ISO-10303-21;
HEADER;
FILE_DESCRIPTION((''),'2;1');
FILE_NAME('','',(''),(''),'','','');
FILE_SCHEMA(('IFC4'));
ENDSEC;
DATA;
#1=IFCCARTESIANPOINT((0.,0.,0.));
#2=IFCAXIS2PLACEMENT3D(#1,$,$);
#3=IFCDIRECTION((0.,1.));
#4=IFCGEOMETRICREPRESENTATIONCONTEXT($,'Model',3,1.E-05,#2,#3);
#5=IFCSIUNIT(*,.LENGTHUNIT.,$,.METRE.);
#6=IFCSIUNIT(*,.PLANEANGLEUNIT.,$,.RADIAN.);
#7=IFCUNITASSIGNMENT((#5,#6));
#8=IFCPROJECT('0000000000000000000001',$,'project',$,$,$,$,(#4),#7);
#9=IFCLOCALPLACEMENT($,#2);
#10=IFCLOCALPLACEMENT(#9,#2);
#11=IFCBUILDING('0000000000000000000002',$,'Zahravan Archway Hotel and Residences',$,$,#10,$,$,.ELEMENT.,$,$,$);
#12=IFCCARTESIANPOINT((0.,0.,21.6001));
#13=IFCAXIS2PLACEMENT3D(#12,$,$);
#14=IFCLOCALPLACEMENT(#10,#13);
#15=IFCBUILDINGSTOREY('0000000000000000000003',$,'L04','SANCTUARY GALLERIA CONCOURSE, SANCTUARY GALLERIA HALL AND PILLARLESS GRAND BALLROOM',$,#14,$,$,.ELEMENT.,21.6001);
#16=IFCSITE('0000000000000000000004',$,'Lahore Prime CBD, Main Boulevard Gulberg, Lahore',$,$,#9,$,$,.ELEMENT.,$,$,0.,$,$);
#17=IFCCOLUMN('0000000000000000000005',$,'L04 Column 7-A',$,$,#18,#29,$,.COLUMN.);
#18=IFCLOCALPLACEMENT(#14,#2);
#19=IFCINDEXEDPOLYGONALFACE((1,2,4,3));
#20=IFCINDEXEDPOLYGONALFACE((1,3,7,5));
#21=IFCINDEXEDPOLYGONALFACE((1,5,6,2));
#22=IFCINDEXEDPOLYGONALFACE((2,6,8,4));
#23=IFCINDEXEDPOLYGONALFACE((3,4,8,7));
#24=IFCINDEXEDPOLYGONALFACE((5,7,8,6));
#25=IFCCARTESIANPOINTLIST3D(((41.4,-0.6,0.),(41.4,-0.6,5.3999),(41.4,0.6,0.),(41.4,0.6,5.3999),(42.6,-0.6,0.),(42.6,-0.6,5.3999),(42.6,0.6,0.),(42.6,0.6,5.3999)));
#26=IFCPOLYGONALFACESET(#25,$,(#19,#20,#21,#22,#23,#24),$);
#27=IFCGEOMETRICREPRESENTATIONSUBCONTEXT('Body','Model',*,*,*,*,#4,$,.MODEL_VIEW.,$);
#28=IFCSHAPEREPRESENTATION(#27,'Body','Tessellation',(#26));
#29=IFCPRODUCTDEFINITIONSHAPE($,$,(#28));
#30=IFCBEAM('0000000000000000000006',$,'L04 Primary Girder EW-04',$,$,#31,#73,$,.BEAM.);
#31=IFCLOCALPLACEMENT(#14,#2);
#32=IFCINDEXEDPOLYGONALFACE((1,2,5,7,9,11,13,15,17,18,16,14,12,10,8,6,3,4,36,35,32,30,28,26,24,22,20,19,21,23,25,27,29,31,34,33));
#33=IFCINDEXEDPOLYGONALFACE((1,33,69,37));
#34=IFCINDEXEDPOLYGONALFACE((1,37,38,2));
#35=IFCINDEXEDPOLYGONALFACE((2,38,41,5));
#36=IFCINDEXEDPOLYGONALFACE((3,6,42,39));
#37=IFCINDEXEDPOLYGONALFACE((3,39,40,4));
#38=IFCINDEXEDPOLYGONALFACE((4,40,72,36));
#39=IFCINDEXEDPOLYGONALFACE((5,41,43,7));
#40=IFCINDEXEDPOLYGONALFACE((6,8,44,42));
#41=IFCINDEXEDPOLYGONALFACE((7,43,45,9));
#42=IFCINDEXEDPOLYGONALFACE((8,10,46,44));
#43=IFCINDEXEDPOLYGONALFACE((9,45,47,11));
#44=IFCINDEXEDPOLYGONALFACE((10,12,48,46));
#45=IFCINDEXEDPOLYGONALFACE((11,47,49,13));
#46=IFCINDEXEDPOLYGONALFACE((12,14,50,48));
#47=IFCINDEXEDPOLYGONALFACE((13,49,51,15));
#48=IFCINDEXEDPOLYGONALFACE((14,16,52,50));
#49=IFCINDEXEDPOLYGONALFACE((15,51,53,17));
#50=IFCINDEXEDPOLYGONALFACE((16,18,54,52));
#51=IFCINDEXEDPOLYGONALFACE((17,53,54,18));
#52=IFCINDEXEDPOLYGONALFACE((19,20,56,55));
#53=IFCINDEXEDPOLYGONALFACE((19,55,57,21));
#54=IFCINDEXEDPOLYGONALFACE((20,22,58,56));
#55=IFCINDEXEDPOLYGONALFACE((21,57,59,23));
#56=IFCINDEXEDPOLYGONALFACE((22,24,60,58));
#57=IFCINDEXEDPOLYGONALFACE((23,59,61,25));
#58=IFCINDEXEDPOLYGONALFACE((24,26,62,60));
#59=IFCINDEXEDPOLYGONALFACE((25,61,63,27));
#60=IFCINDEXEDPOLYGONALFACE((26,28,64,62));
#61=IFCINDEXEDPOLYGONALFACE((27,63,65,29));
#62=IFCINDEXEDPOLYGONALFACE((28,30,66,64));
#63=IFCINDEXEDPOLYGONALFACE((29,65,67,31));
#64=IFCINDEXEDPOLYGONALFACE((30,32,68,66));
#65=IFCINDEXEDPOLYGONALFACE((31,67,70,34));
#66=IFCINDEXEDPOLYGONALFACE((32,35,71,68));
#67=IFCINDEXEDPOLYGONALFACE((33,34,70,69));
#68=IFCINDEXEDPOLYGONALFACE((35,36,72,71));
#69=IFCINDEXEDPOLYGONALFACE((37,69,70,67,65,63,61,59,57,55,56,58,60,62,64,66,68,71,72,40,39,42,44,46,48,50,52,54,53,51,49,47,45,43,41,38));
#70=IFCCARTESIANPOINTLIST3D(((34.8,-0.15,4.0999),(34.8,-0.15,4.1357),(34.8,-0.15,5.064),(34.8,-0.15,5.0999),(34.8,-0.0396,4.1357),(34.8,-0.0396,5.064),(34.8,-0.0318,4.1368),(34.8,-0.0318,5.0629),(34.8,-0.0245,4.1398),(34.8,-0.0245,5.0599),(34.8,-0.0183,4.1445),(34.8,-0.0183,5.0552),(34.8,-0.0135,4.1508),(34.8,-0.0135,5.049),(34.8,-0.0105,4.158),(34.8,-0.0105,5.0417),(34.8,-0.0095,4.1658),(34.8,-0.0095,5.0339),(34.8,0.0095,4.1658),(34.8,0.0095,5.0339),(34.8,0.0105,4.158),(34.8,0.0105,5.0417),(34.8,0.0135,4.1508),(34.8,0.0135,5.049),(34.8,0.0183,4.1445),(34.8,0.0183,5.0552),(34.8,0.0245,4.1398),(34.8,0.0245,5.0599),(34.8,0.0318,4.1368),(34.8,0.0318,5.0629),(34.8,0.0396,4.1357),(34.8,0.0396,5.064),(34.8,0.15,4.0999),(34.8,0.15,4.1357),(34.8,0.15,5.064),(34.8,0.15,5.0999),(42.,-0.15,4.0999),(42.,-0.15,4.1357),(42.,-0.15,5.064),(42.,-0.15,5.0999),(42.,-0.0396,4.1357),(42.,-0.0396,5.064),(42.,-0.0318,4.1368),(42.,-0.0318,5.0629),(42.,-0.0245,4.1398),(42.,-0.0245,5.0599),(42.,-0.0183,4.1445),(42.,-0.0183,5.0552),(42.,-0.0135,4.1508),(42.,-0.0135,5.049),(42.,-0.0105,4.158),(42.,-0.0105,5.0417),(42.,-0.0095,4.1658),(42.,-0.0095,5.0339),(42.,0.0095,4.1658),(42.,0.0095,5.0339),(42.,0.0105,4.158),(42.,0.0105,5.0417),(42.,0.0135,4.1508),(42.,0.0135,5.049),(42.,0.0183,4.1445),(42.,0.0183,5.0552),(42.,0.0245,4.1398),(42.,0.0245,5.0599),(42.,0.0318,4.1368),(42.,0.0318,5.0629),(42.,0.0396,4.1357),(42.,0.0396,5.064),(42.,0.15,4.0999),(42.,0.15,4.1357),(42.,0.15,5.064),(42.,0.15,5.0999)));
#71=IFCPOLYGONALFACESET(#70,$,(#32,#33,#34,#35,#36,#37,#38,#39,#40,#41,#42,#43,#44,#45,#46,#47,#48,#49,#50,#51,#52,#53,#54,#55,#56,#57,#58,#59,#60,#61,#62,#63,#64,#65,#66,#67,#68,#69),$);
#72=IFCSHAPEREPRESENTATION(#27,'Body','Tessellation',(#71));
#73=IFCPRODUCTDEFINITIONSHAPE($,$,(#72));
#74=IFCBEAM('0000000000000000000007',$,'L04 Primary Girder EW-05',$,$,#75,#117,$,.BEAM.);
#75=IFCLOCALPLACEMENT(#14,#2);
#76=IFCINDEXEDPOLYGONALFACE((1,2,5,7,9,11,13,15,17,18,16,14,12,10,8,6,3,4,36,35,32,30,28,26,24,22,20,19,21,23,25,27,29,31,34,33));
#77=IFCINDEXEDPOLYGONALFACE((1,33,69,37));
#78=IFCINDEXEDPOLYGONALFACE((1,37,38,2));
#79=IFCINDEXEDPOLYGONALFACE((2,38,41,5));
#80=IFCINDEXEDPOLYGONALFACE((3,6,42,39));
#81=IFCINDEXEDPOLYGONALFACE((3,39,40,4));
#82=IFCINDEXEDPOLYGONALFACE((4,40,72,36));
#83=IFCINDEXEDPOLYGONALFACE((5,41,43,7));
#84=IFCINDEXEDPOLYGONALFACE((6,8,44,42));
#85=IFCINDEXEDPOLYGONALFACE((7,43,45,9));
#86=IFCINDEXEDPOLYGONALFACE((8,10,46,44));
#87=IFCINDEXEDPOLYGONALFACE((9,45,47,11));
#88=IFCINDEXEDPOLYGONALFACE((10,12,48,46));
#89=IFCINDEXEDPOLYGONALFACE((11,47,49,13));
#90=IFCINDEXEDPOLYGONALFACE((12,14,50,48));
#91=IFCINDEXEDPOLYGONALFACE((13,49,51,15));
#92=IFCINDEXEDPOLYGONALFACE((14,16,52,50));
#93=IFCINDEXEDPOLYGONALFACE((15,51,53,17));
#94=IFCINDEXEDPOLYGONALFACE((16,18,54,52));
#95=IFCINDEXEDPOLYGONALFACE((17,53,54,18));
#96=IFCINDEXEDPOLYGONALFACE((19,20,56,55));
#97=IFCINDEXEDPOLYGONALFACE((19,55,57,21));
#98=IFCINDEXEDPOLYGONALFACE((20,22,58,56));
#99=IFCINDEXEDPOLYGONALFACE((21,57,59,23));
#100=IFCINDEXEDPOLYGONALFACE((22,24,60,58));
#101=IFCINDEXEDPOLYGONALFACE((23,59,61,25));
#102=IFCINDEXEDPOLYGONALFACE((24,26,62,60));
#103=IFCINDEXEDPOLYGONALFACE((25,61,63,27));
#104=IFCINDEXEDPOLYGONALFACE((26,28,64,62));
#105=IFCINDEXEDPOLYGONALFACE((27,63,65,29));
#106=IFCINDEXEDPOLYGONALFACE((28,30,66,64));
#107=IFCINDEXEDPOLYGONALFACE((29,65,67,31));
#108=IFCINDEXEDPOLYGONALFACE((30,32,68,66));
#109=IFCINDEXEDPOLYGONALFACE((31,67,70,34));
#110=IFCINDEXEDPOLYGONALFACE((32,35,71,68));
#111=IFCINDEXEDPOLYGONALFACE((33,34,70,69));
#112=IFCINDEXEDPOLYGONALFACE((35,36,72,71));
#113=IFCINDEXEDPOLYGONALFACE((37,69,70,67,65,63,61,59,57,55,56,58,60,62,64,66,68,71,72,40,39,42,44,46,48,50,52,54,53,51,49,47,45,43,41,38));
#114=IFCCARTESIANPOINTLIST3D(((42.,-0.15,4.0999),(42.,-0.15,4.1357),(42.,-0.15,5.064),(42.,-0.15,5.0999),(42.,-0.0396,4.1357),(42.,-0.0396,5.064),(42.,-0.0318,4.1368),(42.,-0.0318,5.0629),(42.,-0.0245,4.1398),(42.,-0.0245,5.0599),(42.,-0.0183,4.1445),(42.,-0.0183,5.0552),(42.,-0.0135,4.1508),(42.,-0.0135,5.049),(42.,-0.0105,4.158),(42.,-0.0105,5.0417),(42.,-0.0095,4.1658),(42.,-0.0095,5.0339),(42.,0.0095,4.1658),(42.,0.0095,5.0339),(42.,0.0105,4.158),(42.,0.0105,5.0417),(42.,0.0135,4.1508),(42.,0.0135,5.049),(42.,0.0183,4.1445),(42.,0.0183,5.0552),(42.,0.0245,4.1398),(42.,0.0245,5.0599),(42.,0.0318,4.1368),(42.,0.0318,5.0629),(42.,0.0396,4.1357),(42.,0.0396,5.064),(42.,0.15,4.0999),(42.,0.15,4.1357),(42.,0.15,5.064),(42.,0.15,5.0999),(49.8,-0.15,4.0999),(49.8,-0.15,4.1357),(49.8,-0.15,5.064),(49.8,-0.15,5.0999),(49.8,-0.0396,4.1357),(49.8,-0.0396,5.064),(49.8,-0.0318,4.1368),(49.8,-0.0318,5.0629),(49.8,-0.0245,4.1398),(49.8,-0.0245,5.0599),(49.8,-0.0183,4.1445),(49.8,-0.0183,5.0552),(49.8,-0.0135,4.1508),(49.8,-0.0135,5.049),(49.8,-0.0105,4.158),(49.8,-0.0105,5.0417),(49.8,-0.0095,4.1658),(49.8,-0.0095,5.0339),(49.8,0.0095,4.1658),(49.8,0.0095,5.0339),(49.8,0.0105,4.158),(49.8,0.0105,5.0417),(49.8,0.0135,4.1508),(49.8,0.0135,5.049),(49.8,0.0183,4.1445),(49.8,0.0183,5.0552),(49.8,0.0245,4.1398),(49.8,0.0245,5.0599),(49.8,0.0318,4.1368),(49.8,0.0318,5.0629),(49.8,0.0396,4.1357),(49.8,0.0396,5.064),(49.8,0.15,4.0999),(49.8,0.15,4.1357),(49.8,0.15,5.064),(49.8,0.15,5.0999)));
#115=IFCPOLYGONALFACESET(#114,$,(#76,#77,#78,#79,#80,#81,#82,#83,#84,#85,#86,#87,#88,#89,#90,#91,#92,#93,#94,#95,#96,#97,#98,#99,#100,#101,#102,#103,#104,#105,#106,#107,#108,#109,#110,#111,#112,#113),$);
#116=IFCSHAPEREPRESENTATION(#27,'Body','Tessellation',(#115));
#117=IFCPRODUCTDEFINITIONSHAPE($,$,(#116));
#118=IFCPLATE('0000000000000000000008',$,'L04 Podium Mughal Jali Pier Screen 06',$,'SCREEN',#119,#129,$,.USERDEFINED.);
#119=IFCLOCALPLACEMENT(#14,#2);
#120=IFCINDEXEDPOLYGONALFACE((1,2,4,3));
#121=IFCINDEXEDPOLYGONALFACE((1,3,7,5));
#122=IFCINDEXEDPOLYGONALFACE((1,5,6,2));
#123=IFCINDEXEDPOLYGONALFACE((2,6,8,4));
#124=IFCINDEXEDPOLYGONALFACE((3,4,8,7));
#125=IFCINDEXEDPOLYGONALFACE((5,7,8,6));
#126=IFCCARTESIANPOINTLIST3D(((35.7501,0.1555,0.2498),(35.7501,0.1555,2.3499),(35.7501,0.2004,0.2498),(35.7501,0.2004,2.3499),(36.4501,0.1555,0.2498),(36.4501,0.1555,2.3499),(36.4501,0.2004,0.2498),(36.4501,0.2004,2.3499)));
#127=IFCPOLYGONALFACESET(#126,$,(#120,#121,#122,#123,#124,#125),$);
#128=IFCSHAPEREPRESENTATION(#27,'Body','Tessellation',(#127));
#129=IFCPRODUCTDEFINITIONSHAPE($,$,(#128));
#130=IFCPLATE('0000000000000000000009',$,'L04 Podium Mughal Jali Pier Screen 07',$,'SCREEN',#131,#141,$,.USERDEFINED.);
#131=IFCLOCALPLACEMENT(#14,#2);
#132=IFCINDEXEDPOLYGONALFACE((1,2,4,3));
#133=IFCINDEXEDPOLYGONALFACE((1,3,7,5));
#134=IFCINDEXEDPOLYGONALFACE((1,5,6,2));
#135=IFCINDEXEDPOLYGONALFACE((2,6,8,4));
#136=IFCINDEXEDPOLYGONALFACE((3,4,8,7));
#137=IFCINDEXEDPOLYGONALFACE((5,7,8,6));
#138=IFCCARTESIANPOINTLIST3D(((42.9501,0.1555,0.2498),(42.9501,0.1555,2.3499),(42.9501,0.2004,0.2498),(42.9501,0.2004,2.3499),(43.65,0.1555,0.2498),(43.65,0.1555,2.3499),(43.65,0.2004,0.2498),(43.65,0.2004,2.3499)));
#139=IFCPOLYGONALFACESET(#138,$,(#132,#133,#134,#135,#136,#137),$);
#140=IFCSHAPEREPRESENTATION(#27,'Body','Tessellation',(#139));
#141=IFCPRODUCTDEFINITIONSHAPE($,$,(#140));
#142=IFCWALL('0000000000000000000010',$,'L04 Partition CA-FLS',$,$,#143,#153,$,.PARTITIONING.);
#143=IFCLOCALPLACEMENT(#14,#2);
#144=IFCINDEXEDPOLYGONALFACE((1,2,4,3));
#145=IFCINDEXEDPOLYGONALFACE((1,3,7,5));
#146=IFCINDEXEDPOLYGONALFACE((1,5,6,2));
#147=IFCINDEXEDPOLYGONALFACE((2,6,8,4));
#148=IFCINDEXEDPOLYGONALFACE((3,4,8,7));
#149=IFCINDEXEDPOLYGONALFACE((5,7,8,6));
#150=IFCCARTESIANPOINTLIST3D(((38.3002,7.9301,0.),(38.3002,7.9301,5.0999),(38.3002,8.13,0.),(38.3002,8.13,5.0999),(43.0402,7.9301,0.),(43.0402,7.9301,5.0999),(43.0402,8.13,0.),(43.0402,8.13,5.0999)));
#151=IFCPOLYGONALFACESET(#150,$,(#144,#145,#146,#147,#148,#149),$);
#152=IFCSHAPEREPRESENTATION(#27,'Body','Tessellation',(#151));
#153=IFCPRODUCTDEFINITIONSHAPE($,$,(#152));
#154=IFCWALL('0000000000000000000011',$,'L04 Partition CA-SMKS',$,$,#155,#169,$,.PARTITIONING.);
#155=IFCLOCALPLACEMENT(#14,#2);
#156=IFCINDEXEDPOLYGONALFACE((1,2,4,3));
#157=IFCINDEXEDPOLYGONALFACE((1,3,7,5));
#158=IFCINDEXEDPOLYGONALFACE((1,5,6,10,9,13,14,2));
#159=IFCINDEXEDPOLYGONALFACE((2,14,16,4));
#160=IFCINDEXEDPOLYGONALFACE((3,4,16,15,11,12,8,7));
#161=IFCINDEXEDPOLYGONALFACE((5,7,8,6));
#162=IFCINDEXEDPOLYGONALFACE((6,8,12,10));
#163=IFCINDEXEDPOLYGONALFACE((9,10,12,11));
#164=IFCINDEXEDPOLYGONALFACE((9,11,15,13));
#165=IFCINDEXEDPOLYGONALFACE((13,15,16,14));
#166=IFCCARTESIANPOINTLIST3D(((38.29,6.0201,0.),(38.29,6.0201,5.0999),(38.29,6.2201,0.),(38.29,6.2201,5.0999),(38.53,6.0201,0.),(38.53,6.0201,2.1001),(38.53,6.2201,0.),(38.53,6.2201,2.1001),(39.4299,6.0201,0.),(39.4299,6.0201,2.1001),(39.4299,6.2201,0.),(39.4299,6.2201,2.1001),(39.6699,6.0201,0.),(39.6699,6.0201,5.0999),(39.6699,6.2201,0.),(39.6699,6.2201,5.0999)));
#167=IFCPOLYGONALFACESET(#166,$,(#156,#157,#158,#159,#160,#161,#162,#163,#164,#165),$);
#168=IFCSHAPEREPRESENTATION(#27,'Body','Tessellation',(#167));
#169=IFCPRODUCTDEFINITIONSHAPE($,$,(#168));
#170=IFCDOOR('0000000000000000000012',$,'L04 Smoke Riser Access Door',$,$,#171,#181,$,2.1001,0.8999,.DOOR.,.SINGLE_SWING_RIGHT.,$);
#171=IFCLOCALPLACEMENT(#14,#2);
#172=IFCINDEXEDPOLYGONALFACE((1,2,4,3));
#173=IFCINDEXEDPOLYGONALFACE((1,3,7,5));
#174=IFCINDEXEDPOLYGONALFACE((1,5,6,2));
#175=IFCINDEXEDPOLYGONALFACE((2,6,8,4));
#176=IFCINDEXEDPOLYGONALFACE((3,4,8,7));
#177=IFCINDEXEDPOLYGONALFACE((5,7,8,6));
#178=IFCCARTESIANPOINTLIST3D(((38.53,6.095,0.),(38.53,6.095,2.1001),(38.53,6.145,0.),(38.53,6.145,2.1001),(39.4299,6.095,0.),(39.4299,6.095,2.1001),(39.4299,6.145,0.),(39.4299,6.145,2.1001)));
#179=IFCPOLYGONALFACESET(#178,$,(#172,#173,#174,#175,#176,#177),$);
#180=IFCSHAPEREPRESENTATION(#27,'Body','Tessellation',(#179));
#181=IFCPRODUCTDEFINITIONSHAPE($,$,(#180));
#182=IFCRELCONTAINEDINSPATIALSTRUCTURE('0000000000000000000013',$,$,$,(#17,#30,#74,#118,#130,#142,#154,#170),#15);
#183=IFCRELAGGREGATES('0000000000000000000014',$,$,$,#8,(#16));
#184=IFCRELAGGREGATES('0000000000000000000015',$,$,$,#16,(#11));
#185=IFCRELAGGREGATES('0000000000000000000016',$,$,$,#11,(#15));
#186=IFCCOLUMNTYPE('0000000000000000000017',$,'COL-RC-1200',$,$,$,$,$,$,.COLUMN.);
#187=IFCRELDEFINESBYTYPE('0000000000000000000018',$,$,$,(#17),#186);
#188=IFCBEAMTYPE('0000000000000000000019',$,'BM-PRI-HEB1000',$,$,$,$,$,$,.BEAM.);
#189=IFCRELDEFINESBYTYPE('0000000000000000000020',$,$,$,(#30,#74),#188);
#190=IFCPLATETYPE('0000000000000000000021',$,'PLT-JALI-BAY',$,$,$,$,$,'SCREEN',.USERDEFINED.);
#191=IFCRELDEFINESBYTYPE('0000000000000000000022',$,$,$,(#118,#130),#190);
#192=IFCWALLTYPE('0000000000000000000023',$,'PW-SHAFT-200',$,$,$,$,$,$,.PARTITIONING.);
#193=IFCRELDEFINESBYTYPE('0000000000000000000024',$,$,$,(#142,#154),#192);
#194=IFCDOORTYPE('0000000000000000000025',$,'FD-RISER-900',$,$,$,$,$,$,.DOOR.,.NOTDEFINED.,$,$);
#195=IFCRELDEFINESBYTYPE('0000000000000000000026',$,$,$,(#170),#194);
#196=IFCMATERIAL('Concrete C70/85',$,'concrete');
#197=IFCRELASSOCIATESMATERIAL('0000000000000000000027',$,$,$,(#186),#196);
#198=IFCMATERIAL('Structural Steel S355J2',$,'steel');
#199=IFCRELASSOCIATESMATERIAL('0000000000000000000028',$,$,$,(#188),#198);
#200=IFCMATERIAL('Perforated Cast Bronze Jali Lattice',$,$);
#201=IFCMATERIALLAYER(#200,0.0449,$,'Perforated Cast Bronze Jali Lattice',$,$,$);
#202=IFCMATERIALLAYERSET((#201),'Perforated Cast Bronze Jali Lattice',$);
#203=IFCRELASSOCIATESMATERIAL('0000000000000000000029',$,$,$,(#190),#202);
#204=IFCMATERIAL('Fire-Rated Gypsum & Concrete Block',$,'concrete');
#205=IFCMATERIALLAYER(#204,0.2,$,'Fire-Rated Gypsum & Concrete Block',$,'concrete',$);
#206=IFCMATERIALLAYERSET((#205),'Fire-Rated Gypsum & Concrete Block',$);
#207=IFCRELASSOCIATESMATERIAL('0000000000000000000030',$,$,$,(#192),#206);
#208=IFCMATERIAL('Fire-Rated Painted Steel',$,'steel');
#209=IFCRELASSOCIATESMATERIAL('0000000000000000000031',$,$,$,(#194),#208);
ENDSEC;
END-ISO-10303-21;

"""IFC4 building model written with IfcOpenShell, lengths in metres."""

from ifc_helpers import new_model, si_unit, direction, frame, frame_2d, origin, origin_2d, place, context, subcontext, project, spatial, rectangle, i_section, extrude, source, transform, mapped, material, layer, layer_set, material_profile, profile_set, type_object, type_shapes, element, fill, save


model = new_model("IFC4")

# Units and contexts
model_context = context("Model", 3, precision=1e-05, world=origin(), true_north=direction((0.0, 1.0)))
body_context = subcontext(model_context, "Body", "Model", "MODEL_VIEW")
ifc_project = project(units=[si_unit("LENGTHUNIT", "METRE"), si_unit("PLANEANGLEUNIT", "RADIAN")], contexts=[model_context])

# Site, building, storey
site_placement = place(None, origin())
site = spatial("IfcSite", under=ifc_project, at=site_placement, Name="Lahore Prime CBD, Main Boulevard Gulberg, Lahore", CompositionType="ELEMENT", RefElevation=0.0)
building_placement = place(site_placement, origin())
building = spatial("IfcBuilding", under=site, at=building_placement, Name="Zahravan Archway Hotel and Residences", CompositionType="ELEMENT")
storey_placement = place(building_placement, frame((0.0, 0.0, 21.6001)))
storey = spatial("IfcBuildingStorey", under=building, at=storey_placement, Name="L04", Description="SANCTUARY GALLERIA CONCOURSE, SANCTUARY GALLERIA HALL AND PILLARLESS GRAND BALLROOM", CompositionType="ELEMENT", Elevation=21.6001)

# Column
ifc_material_1 = material(Name="Concrete C70/85", Category="concrete")
ifc_material_profile_1 = material_profile(ifc_material_1, rectangle(XDim=1.2, YDim=1.2, at=origin_2d()), Name="RC-COL-1200x1200", Category="concrete")
ifc_profile_set_1 = profile_set([ifc_material_profile_1], Name="Concrete C70/85")
column_type = type_object("IfcColumnType", Name="COL-RC-1200", PredefinedType="COLUMN", material=ifc_profile_set_1)
shared_shape_1 = source(origin(), body_context, "Body", "SweptSolid", [
    extrude(rectangle(XDim=1.2, YDim=1.2, at=origin_2d()), origin(), (0.0, 0.0, 1.0), 5.3999),
])
column_placement = place(storey_placement, frame((42.0, 0.0, 0.0), z_axis=(0.0, 0.0, 1.0), x_axis=(1.0, 0.0, 0.0)))
element("IfcColumn", 1, at=column_placement, inside=storey, type_object=column_type, Name="L04 Column 7-A", PredefinedType="COLUMN", context=body_context, shape_type="MappedRepresentation", body=[
    mapped(shared_shape_1, transform((0.0, 0.0, 0.0), scale=1.0)),
])

# Beams
ifc_material_2 = material(Name="Structural Steel S355J2", Category="steel")
ifc_material_profile_2 = material_profile(ifc_material_2, i_section(OverallWidth=0.3, OverallDepth=1.0, WebThickness=0.019, FlangeThickness=0.0359, FilletRadius=0.03, at=origin_2d()), Name="HEB 1000", Category="steel")
ifc_profile_set_2 = profile_set([ifc_material_profile_2], Name="Structural Steel S355J2")
beam_type = type_object("IfcBeamType", Name="BM-PRI-HEB1000", PredefinedType="BEAM", material=ifc_profile_set_2)
shared_shape_2 = source(origin(), body_context, "Body", "SweptSolid", [
    extrude(i_section(OverallWidth=0.3, OverallDepth=1.0, WebThickness=0.019, FlangeThickness=0.0359, FilletRadius=0.03, at=origin_2d()), origin(), (0.0, 0.0, 1.0), 7.2),
])
beam_1_placement = place(storey_placement, frame((34.8, 0.0, 4.5999), z_axis=(1.0, 0.0, 0.0), x_axis=(0.0, 1.0, 0.0)))
element("IfcBeam", 2, at=beam_1_placement, inside=storey, type_object=beam_type, Name="L04 Primary Girder EW-04", PredefinedType="BEAM", context=body_context, shape_type="MappedRepresentation", body=[
    mapped(shared_shape_2, transform((0.0, 0.0, 0.0), scale=1.0)),
])
shared_shape_3 = source(origin(), body_context, "Body", "SweptSolid", [
    extrude(i_section(OverallWidth=0.3, OverallDepth=1.0, WebThickness=0.019, FlangeThickness=0.0359, FilletRadius=0.03, at=origin_2d()), origin(), (0.0, 0.0, 1.0), 7.8),
])
beam_2_placement = place(storey_placement, frame((42.0, 0.0, 4.5999), z_axis=(1.0, 0.0, 0.0), x_axis=(0.0, 1.0, 0.0)))
element("IfcBeam", 3, at=beam_2_placement, inside=storey, type_object=beam_type, Name="L04 Primary Girder EW-05", PredefinedType="BEAM", context=body_context, shape_type="MappedRepresentation", body=[
    mapped(shared_shape_3, transform((0.0, 0.0, 0.0), scale=1.0)),
])

# Plates
ifc_material_3 = material(Name="Perforated Cast Bronze Jali Lattice")
ifc_layer_1 = layer(ifc_material_3, 0.0449, Name="Perforated Cast Bronze Jali Lattice")
ifc_layer_set_1 = layer_set([ifc_layer_1], Name="Perforated Cast Bronze Jali Lattice")
plate_type = type_object("IfcPlateType", Name="PLT-JALI-BAY", ElementType="SCREEN", PredefinedType="USERDEFINED", material=ifc_layer_set_1)
shared_shape_4 = source(origin(), body_context, "Body", "SweptSolid", [
    extrude(rectangle(XDim=0.7, YDim=0.0449, at=origin_2d()), origin(), (0.0, 0.0, 1.0), 2.1001),
])
type_shapes(plate_type, [shared_shape_4])
for number, where, z_axis, x_axis, name in (
    (4, (36.1001, 0.178, 0.2498), (0.0, 0.0, 1.0), (1.0, 0.0, 0.0), "L04 Podium Mughal Jali Pier Screen 06"),
    (5, (43.3, 0.178, 0.2498), (0.0, 0.0, 1.0), (1.0, 0.0, 0.0), "L04 Podium Mughal Jali Pier Screen 07"),
):
    element("IfcPlate", number, at=place(storey_placement, frame(where, z_axis=z_axis, x_axis=x_axis)), inside=storey, type_object=plate_type, Name=name, ObjectType="SCREEN", PredefinedType="USERDEFINED", context=body_context, shape_type="MappedRepresentation", body=[
        mapped(shared_shape_4, transform((0.0, 0.0, 0.0), scale=1.0)),
    ])

# Shared definitions
ifc_material_4 = material(Name="Fire-Rated Gypsum & Concrete Block", Category="concrete")
ifc_material_5 = material(Name="Fire-Rated Painted Steel", Category="steel")

# Wall
ifc_layer_2 = layer(ifc_material_4, 0.2, Name="Fire-Rated Gypsum & Concrete Block", Category="concrete")
ifc_layer_set_2 = layer_set([ifc_layer_2], Name="Fire-Rated Gypsum & Concrete Block")
wall_type_1 = type_object("IfcWallType", Name="PW-SHAFT-200", PredefinedType="PARTITIONING", material=ifc_layer_set_2)
wall_1_placement = place(storey_placement, frame((38.3, 8.03, 0.0), z_axis=(0.0, 0.0, 1.0), x_axis=(1.0, 0.0, 0.0)))
element("IfcWall", 6, at=wall_1_placement, inside=storey, type_object=wall_type_1, Name="L04 Partition CA-FLS", PredefinedType="PARTITIONING", context=body_context, shape_type="SweptSolid", body=[
    extrude(rectangle(XDim=4.74, YDim=0.2, at=frame_2d((2.3701, 0.0))), origin(), (0.0, 0.0, 1.0), 5.0999),
])

# Wall, opening, door
wall_2_placement = place(storey_placement, frame((38.29, 6.1201, 0.0), z_axis=(0.0, 0.0, 1.0), x_axis=(1.0, 0.0, 0.0)))
wall_2 = element("IfcWall", 7, at=wall_2_placement, inside=storey, type_object=wall_type_1, Name="L04 Partition CA-SMKS", PredefinedType="PARTITIONING", context=body_context, shape_type="SweptSolid", body=[
    extrude(rectangle(XDim=1.3799, YDim=0.2, at=frame_2d((0.6899, 0.0))), origin(), (0.0, 0.0, 1.0), 5.0999),
])
opening_1_placement = place(wall_2_placement, frame((0.24, 0.0, 0.0)))
opening_1 = element("IfcOpeningElement", 8, at=opening_1_placement, cuts=wall_2, PredefinedType="OPENING", context=body_context, shape_type="SweptSolid", body=[
    extrude(rectangle(XDim=0.8999, YDim=2.1001, at=frame_2d((0.45, 1.05))), frame((0.0, 0.1099, 0.0), z_axis=(0.0, -1.0, 0.0), x_axis=(1.0, 0.0, 0.0)), (0.0, 0.0, 1.0), 0.22),
])
door_type_1 = type_object("IfcDoorType", Name="FD-RISER-900", OperationType="NOTDEFINED", PredefinedType="DOOR", material=ifc_material_5)
shared_shape_5 = source(origin(), body_context, "Body", "SweptSolid", [
    extrude(rectangle(XDim=0.8999, YDim=2.1001, at=frame_2d((0.45, 1.05))), frame((0.0, 0.0249, 0.0), z_axis=(0.0, -1.0, 0.0), x_axis=(1.0, 0.0, 0.0)), (0.0, 0.0, 1.0), 0.05),
])
type_shapes(door_type_1, [shared_shape_5])
door_1_placement = place(opening_1_placement, origin())
door_1 = element("IfcDoor", 9, at=door_1_placement, inside=storey, type_object=door_type_1, Name="L04 Smoke Riser Access Door", OperationType="SINGLE_SWING_RIGHT", OverallHeight=2.1001, OverallWidth=0.8999, PredefinedType="DOOR", context=body_context, shape_type="MappedRepresentation", body=[
    mapped(shared_shape_5, transform((0.0, 0.0, 0.0), scale=1.0)),
])
fill(opening_1, door_1)

save(model, "model.ifc")
